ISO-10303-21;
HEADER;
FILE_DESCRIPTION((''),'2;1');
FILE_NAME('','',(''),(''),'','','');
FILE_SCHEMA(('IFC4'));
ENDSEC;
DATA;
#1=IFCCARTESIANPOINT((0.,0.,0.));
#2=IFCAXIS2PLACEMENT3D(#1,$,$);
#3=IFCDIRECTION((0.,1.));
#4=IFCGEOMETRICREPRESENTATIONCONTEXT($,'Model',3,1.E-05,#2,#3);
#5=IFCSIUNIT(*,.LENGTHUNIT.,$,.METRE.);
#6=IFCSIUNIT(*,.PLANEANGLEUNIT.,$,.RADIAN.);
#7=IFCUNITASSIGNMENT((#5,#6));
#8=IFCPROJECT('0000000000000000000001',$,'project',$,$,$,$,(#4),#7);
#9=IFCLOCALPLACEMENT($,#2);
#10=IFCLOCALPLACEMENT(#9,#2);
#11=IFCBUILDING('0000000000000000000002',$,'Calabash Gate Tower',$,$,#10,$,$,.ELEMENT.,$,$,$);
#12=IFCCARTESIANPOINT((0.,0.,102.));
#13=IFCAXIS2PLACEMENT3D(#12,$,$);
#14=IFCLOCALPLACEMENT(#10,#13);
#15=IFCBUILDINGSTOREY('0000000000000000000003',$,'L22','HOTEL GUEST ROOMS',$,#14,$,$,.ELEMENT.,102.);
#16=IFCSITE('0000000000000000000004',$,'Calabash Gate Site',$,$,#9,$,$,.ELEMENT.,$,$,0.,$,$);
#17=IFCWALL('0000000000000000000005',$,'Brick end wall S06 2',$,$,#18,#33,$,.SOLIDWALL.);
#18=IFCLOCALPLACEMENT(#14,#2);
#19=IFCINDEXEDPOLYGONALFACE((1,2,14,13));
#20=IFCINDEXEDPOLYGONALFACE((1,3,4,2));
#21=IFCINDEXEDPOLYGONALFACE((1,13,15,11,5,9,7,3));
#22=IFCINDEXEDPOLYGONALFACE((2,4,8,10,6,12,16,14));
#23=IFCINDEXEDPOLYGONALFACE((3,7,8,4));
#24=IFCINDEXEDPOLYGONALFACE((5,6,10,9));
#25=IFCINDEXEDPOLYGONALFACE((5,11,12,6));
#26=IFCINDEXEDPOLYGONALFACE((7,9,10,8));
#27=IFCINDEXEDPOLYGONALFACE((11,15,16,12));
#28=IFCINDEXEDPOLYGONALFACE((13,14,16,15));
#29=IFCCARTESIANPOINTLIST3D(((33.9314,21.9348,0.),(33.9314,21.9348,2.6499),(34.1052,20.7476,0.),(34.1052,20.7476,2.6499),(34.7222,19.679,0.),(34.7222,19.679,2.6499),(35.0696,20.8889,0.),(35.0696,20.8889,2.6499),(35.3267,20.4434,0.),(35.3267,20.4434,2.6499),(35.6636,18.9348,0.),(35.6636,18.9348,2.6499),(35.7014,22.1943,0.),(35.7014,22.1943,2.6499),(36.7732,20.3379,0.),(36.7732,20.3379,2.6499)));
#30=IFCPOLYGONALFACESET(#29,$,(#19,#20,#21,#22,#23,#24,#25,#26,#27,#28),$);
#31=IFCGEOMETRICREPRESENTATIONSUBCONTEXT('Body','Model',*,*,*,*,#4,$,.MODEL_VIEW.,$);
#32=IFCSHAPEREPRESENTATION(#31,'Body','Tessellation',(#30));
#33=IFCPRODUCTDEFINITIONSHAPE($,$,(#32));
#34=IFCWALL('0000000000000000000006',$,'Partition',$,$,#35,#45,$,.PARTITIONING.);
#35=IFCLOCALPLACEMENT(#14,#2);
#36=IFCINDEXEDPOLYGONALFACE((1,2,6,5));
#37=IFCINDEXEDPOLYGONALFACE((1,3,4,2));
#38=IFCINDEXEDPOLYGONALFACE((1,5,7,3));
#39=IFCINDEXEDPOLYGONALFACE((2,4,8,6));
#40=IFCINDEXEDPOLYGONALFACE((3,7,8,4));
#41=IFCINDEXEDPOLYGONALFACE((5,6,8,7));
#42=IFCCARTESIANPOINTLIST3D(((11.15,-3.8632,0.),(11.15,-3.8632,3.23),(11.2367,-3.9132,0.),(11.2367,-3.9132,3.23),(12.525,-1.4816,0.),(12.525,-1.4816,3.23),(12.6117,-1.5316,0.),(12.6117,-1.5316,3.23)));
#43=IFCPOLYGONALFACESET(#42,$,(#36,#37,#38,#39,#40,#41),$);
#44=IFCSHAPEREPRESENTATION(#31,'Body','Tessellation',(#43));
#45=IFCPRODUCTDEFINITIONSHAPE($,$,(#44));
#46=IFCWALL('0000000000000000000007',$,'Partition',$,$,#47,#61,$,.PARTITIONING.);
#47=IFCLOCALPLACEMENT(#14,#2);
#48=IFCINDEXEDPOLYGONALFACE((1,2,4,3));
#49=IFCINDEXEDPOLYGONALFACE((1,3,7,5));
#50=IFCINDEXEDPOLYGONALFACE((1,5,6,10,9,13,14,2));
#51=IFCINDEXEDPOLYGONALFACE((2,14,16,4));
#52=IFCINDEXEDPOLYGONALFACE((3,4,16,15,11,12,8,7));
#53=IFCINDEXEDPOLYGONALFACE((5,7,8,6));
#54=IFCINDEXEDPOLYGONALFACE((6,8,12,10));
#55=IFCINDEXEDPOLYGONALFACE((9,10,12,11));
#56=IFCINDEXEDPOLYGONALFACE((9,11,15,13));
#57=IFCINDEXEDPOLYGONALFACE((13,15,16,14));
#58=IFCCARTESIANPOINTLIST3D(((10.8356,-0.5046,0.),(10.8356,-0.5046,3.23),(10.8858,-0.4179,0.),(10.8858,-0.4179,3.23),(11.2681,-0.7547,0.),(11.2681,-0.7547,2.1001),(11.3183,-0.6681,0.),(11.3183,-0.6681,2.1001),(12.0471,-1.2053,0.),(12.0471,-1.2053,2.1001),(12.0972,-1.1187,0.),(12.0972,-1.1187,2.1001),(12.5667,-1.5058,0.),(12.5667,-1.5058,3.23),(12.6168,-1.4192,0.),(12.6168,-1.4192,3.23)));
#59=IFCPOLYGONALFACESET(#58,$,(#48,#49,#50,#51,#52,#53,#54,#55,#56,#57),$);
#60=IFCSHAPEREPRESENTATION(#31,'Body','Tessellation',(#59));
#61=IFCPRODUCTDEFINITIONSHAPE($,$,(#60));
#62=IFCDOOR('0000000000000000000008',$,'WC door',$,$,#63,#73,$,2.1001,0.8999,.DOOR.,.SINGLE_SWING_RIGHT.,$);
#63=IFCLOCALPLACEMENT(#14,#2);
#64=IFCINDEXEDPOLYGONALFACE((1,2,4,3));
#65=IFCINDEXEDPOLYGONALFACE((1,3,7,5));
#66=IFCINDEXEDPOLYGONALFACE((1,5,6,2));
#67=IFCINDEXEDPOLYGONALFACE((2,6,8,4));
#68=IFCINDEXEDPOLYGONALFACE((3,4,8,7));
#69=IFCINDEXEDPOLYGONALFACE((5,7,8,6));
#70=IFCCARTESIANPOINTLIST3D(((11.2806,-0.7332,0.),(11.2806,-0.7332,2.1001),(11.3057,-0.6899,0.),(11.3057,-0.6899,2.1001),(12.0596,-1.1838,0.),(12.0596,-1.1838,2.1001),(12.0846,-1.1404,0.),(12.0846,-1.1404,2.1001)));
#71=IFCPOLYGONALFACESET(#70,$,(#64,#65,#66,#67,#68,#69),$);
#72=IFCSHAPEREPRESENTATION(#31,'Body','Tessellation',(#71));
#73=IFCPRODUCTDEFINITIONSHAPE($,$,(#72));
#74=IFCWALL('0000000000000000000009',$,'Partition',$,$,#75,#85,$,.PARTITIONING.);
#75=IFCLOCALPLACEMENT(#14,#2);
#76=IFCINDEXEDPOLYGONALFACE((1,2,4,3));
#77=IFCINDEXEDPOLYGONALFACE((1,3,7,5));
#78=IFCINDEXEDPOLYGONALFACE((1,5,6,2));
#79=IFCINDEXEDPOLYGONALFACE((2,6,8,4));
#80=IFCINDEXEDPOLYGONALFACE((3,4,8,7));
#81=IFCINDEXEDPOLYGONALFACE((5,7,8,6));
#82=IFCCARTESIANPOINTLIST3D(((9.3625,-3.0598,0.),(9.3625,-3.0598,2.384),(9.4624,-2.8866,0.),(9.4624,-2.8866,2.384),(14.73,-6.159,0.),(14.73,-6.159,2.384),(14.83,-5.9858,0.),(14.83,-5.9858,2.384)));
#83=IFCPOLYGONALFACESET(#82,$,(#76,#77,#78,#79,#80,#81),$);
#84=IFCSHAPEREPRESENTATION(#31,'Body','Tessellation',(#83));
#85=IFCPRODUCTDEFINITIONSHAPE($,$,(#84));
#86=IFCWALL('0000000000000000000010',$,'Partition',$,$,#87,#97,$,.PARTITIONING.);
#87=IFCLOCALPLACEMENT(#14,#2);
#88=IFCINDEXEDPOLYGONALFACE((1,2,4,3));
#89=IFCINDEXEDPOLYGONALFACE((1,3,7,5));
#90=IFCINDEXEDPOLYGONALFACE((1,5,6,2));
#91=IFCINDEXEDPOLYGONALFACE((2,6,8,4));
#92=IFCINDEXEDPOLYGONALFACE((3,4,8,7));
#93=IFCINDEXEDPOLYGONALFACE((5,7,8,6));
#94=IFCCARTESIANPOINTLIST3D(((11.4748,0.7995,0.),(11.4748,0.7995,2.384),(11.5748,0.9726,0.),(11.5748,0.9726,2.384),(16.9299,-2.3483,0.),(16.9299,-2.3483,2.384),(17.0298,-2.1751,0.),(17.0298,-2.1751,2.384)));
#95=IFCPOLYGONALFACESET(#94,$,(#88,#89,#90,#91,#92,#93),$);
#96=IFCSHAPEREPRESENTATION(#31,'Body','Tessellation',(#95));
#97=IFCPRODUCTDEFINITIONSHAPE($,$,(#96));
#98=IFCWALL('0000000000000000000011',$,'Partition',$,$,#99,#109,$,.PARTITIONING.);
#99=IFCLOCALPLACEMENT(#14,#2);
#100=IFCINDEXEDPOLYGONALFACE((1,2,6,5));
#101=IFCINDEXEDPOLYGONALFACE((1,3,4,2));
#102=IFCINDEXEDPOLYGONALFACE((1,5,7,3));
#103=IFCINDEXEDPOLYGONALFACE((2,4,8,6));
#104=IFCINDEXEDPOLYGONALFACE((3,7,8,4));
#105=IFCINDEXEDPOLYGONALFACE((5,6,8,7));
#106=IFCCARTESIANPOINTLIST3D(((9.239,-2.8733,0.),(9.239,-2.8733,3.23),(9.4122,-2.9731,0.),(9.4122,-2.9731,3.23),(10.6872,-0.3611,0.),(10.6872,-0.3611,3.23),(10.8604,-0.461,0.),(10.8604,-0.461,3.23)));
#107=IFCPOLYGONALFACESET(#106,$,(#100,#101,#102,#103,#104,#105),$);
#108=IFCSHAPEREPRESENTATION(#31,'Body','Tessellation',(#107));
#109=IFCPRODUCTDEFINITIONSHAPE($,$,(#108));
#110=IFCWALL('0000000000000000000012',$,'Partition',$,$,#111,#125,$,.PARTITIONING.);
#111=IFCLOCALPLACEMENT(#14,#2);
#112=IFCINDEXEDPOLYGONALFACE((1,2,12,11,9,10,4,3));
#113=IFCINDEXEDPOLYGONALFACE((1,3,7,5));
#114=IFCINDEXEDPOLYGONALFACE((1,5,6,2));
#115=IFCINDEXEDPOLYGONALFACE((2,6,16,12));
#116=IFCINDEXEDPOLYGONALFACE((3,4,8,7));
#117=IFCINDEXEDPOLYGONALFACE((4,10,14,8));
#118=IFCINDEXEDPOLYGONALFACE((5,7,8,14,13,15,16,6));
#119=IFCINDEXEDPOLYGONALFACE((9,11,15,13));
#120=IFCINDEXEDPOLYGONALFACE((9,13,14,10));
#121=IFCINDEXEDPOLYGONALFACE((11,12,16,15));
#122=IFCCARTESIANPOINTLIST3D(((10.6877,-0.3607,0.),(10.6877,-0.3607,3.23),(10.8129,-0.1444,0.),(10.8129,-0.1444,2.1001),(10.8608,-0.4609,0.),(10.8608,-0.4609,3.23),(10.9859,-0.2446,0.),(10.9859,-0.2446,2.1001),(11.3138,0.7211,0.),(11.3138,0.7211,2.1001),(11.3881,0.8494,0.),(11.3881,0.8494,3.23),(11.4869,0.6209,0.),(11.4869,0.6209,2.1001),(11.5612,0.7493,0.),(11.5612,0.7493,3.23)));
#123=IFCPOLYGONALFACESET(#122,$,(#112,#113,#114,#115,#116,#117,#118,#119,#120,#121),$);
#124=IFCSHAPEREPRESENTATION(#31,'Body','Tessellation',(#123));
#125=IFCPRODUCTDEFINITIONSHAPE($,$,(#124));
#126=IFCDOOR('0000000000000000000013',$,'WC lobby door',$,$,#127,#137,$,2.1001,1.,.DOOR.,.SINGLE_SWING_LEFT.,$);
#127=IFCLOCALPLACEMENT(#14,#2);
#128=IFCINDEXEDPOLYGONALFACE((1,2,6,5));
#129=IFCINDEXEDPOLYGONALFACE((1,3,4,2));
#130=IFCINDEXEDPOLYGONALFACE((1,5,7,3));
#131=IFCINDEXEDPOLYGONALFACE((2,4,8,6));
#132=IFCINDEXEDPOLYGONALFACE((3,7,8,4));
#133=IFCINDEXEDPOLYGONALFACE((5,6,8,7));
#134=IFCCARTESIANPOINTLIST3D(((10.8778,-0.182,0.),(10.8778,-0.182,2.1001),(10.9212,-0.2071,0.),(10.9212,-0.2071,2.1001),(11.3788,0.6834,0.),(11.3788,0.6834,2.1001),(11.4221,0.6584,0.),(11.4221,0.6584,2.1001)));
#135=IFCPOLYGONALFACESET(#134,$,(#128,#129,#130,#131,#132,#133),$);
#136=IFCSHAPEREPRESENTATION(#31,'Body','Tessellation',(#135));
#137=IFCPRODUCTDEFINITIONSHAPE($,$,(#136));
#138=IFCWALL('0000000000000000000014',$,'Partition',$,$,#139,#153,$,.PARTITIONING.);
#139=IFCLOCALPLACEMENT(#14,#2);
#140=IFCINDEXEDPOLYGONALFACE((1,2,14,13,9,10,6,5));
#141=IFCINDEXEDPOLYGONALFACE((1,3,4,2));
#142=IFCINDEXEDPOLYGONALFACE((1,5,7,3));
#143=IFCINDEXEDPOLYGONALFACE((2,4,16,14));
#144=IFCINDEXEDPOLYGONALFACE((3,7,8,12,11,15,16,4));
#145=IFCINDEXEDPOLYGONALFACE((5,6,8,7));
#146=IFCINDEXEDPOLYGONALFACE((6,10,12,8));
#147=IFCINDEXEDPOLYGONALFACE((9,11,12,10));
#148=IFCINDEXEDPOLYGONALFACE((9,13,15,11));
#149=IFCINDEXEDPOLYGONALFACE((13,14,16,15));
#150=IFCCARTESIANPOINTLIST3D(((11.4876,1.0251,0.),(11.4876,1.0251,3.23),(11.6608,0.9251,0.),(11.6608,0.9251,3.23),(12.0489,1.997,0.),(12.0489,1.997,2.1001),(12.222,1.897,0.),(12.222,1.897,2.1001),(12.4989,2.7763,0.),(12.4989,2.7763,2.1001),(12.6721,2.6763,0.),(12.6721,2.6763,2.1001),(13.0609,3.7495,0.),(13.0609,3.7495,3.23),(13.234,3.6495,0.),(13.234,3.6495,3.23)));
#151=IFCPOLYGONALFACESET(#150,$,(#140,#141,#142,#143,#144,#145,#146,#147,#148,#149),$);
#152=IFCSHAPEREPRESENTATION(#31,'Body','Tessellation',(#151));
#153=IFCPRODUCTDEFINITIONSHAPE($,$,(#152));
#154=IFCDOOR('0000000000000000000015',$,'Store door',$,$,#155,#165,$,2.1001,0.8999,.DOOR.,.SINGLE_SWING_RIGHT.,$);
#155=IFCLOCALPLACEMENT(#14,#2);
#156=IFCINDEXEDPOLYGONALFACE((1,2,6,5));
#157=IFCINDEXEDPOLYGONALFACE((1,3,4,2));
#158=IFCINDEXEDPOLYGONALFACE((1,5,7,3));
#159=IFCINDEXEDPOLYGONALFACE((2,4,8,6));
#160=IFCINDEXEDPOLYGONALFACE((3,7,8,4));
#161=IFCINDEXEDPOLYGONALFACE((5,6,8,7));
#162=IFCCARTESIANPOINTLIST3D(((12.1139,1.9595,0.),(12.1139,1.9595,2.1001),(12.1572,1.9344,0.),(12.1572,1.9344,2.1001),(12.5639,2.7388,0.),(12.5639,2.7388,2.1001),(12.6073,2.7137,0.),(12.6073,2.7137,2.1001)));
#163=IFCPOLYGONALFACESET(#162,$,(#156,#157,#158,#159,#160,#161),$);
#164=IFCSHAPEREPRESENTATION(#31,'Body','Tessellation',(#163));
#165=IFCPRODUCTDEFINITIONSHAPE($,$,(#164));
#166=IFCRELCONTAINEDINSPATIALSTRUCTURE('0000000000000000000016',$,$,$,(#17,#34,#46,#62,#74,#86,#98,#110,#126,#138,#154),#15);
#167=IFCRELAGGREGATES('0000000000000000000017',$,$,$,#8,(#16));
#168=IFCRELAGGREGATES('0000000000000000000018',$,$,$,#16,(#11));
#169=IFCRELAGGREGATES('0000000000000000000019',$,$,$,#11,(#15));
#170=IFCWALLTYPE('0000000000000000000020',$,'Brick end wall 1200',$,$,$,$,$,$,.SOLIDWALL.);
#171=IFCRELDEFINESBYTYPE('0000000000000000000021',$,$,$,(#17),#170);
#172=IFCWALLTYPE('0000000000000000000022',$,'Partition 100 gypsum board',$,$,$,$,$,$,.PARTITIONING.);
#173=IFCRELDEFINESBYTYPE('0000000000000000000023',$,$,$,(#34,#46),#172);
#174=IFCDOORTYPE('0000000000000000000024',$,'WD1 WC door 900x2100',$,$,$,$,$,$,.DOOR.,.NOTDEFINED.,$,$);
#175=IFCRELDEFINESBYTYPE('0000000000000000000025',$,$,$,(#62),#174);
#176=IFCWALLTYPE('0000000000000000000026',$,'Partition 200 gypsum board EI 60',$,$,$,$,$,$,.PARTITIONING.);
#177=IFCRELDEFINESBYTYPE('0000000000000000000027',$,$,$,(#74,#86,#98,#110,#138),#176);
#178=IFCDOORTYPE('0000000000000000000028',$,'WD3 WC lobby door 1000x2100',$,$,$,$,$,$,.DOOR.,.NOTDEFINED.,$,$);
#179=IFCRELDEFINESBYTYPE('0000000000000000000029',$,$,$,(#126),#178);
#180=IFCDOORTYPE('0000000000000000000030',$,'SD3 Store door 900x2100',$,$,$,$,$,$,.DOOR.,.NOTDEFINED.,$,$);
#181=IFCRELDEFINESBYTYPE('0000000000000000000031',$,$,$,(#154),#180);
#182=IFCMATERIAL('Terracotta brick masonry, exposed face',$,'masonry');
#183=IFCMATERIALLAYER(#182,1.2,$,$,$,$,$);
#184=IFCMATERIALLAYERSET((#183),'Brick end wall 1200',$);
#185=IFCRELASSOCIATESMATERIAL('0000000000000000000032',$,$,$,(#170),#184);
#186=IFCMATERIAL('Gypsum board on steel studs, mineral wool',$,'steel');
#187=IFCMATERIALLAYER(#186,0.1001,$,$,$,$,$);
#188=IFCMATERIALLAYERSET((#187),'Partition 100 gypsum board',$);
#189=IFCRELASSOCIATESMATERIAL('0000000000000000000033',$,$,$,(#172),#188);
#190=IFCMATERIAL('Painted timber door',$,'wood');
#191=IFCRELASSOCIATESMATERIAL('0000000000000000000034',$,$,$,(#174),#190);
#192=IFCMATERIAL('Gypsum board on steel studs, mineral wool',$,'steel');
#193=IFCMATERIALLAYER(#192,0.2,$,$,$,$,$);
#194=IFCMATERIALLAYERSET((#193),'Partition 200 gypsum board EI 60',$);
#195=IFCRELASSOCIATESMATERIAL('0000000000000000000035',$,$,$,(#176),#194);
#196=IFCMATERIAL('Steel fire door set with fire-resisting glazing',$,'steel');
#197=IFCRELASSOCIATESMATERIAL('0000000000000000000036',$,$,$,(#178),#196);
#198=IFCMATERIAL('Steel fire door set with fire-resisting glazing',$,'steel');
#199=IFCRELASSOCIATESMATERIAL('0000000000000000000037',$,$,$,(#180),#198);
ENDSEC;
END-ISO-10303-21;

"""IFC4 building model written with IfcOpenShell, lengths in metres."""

from ifc_helpers import new_model, si_unit, direction, frame, frame_2d, origin, place, context, subcontext, project, spatial, polyline, rectangle, outline, extrude, material, layer, layer_set, type_object, element, fill, save


model = new_model("IFC4")

# Units and contexts
model_context = context("Model", 3, precision=1e-05, world=origin(), true_north=direction((0.0, 1.0)))
body_context = subcontext(model_context, "Body", "Model", "MODEL_VIEW")
ifc_project = project(units=[si_unit("LENGTHUNIT", "METRE"), si_unit("PLANEANGLEUNIT", "RADIAN")], contexts=[model_context])

# Site, building, storey
site_placement = place(None, origin())
site = spatial("IfcSite", under=ifc_project, at=site_placement, Name="Calabash Gate Site", CompositionType="ELEMENT", RefElevation=0.0)
building_placement = place(site_placement, origin())
building = spatial("IfcBuilding", under=site, at=building_placement, Name="Calabash Gate Tower", CompositionType="ELEMENT")
storey_placement = place(building_placement, frame((0.0, 0.0, 102.0)))
storey = spatial("IfcBuildingStorey", under=building, at=storey_placement, Name="L22", Description="HOTEL GUEST ROOMS", CompositionType="ELEMENT", Elevation=102.0)

# Walls
ifc_material_1 = material(Name="Terracotta brick masonry, exposed face", Category="masonry")
ifc_layer_1 = layer(ifc_material_1, 1.2)
ifc_layer_set_1 = layer_set([ifc_layer_1], Name="Brick end wall 1200")
wall_type_1 = type_object("IfcWallType", Name="Brick end wall 1200", PredefinedType="SOLIDWALL", material=ifc_layer_set_1)
wall_1_placement = place(storey_placement, origin())
element("IfcWall", 1, at=wall_1_placement, inside=storey, type_object=wall_type_1, Name="Brick end wall S06 2", PredefinedType="SOLIDWALL", context=body_context, shape_type="SweptSolid", body=[
    extrude(outline(polyline([(35.3267, 20.4434), (34.7222, 19.679), (35.6636, 18.9348), (36.7732, 20.3379), (35.7014, 22.1943), (33.9314, 21.9348), (34.1052, 20.7476), (35.0696, 20.8889), (35.3267, 20.4434)])), origin(), (0.0, 0.0, 1.0), 2.6499),
])
ifc_material_2 = material(Name="Gypsum board on steel studs, mineral wool", Category="steel")
ifc_layer_2 = layer(ifc_material_2, 0.1001)
ifc_layer_set_2 = layer_set([ifc_layer_2], Name="Partition 100 gypsum board")
wall_type_2 = type_object("IfcWallType", Name="Partition 100 gypsum board", PredefinedType="PARTITIONING", material=ifc_layer_set_2)
wall_2_placement = place(storey_placement, frame((11.1934, -3.8882, 0.0), z_axis=(0.0, 0.0, 1.0), x_axis=(0.499997, 0.866027, 0.0)))
element("IfcWall", 2, at=wall_2_placement, inside=storey, type_object=wall_type_2, Name="Partition", PredefinedType="PARTITIONING", context=body_context, shape_type="SweptSolid", body=[
    extrude(rectangle(XDim=2.75, YDim=0.1001, at=frame_2d((1.375, 0.0))), origin(), (0.0, 0.0, 1.0), 3.23),
])

# Wall, opening, door
wall_3_placement = place(storey_placement, frame((10.8606, -0.4612, 0.0), z_axis=(0.0, 0.0, 1.0), x_axis=(0.865624, -0.500695, 0.0)))
wall_3 = element("IfcWall", 3, at=wall_3_placement, inside=storey, type_object=wall_type_2, Name="Partition", PredefinedType="PARTITIONING", context=body_context, shape_type="SweptSolid", body=[
    extrude(rectangle(XDim=1.9998, YDim=0.1001, at=frame_2d((1.0, 0.0))), origin(), (0.0, 0.0, 1.0), 3.23),
])
opening_1_placement = place(wall_3_placement, frame((0.4998, 0.0, 0.0)))
opening_1 = element("IfcOpeningElement", 4, at=opening_1_placement, cuts=wall_3, PredefinedType="OPENING", context=body_context, shape_type="SweptSolid", body=[
    extrude(rectangle(XDim=0.8999, YDim=2.1001, at=frame_2d((0.45, 1.05))), frame((0.0, 0.0601, 0.0), z_axis=(0.0, -1.0, 0.0), x_axis=(1.0, 0.0, 0.0)), (0.0, 0.0, 1.0), 0.1201),
])
ifc_material_3 = material(Name="Painted timber door", Category="wood")
door_type_1 = type_object("IfcDoorType", Name="WD1 WC door 900x2100", OperationType="NOTDEFINED", PredefinedType="DOOR", material=ifc_material_3)
door_1_placement = place(opening_1_placement, origin())
door_1 = element("IfcDoor", 5, at=door_1_placement, inside=storey, type_object=door_type_1, Name="WC door", OperationType="SINGLE_SWING_RIGHT", OverallHeight=2.1001, OverallWidth=0.8999, PredefinedType="DOOR", context=body_context, shape_type="SweptSolid", body=[
    extrude(rectangle(XDim=0.8999, YDim=2.1001, at=frame_2d((0.45, 1.05))), frame((0.0, 0.0249, 0.0), z_axis=(0.0, -1.0, 0.0), x_axis=(1.0, 0.0, 0.0)), (0.0, 0.0, 1.0), 0.05),
])
fill(opening_1, door_1)

# Walls
ifc_material_4 = material(Name="Gypsum board on steel studs, mineral wool", Category="steel")
ifc_layer_3 = layer(ifc_material_4, 0.2)
ifc_layer_set_3 = layer_set([ifc_layer_3], Name="Partition 200 gypsum board EI 60")
wall_type_3 = type_object("IfcWallType", Name="Partition 200 gypsum board EI 60", PredefinedType="PARTITIONING", material=ifc_layer_set_3)
wall_4_placement = place(storey_placement, frame((9.4124, -2.9731, 0.0), z_axis=(0.0, 0.0, 1.0), x_axis=(0.866009, -0.500028, 0.0)))
element("IfcWall", 6, at=wall_4_placement, inside=storey, type_object=wall_type_3, Name="Partition", PredefinedType="PARTITIONING", context=body_context, shape_type="SweptSolid", body=[
    extrude(rectangle(XDim=6.198, YDim=0.2, at=frame_2d((3.0991, 0.0))), origin(), (0.0, 0.0, 1.0), 2.384),
])
wall_5_placement = place(storey_placement, frame((11.5249, 0.886, 0.0), z_axis=(0.0, 0.0, 1.0), x_axis=(0.866148, -0.499787, 0.0)))
element("IfcWall", 7, at=wall_5_placement, inside=storey, type_object=wall_type_3, Name="Partition", PredefinedType="PARTITIONING", context=body_context, shape_type="SweptSolid", body=[
    extrude(rectangle(XDim=6.2981, YDim=0.2, at=frame_2d((3.1489, 0.0))), origin(), (0.0, 0.0, 1.0), 2.384),
])
wall_6_placement = place(storey_placement, frame((9.3257, -2.9231, 0.0), z_axis=(0.0, 0.0, 1.0), x_axis=(0.499436, 0.866351, 0.0)))
element("IfcWall", 8, at=wall_6_placement, inside=storey, type_object=wall_type_3, Name="Partition", PredefinedType="PARTITIONING", context=body_context, shape_type="SweptSolid", body=[
    extrude(rectangle(XDim=2.8997, YDim=0.2, at=frame_2d((1.4497, 0.0))), origin(), (0.0, 0.0, 1.0), 3.23),
])

# Walls, openings, doors
wall_7_placement = place(storey_placement, frame((10.7742, -0.4109, 0.0), z_axis=(0.0, 0.0, 1.0), x_axis=(0.500926, 0.86549, 0.0)))
wall_7 = element("IfcWall", 9, at=wall_7_placement, inside=storey, type_object=wall_type_3, Name="Partition", PredefinedType="PARTITIONING", context=body_context, shape_type="SweptSolid", body=[
    extrude(rectangle(XDim=1.3982, YDim=0.2, at=frame_2d((0.6992, 0.0))), origin(), (0.0, 0.0, 1.0), 3.23),
])
opening_2_placement = place(wall_7_placement, frame((0.25, 0.0, 0.0)))
opening_2 = element("IfcOpeningElement", 10, at=opening_2_placement, cuts=wall_7, PredefinedType="OPENING", context=body_context, shape_type="SweptSolid", body=[
    extrude(rectangle(XDim=1.0, YDim=2.1001, at=frame_2d((0.5, 1.05))), frame((0.0, 0.1099, 0.0), z_axis=(0.0, -1.0, 0.0), x_axis=(1.0, 0.0, 0.0)), (0.0, 0.0, 1.0), 0.22),
])
ifc_material_5 = material(Name="Steel fire door set with fire-resisting glazing", Category="steel")
door_type_2 = type_object("IfcDoorType", Name="WD3 WC lobby door 1000x2100", OperationType="NOTDEFINED", PredefinedType="DOOR", material=ifc_material_5)
door_2_placement = place(opening_2_placement, origin())
door_2 = element("IfcDoor", 11, at=door_2_placement, inside=storey, type_object=door_type_2, Name="WC lobby door", OperationType="SINGLE_SWING_LEFT", OverallHeight=2.1001, OverallWidth=1.0, PredefinedType="DOOR", context=body_context, shape_type="SweptSolid", body=[
    extrude(rectangle(XDim=1.0, YDim=2.1001, at=frame_2d((0.5, 1.05))), frame((0.0, 0.0249, 0.0), z_axis=(0.0, -1.0, 0.0), x_axis=(1.0, 0.0, 0.0)), (0.0, 0.0, 1.0), 0.05),
])
fill(opening_2, door_2)
wall_8_placement = place(storey_placement, frame((11.5742, 0.9751, 0.0), z_axis=(0.0, 0.0, 1.0), x_axis=(0.500078, 0.86598, 0.0)))
wall_8 = element("IfcWall", 12, at=wall_8_placement, inside=storey, type_object=wall_type_3, Name="Partition", PredefinedType="PARTITIONING", context=body_context, shape_type="SweptSolid", body=[
    extrude(rectangle(XDim=3.146, YDim=0.2, at=frame_2d((1.573, 0.0))), origin(), (0.0, 0.0, 1.0), 3.23),
])
opening_3_placement = place(wall_8_placement, frame((1.1223, 0.0, 0.0)))
opening_3 = element("IfcOpeningElement", 13, at=opening_3_placement, cuts=wall_8, PredefinedType="OPENING", context=body_context, shape_type="SweptSolid", body=[
    extrude(rectangle(XDim=0.8999, YDim=2.1001, at=frame_2d((0.45, 1.05))), frame((0.0, 0.1099, 0.0), z_axis=(0.0, -1.0, 0.0), x_axis=(1.0, 0.0, 0.0)), (0.0, 0.0, 1.0), 0.22),
])
ifc_material_6 = material(Name="Steel fire door set with fire-resisting glazing", Category="steel")
door_type_3 = type_object("IfcDoorType", Name="SD3 Store door 900x2100", OperationType="NOTDEFINED", PredefinedType="DOOR", material=ifc_material_6)
door_3_placement = place(opening_3_placement, origin())
door_3 = element("IfcDoor", 14, at=door_3_placement, inside=storey, type_object=door_type_3, Name="Store door", OperationType="SINGLE_SWING_RIGHT", OverallHeight=2.1001, OverallWidth=0.8999, PredefinedType="DOOR", context=body_context, shape_type="SweptSolid", body=[
    extrude(rectangle(XDim=0.8999, YDim=2.1001, at=frame_2d((0.45, 1.05))), frame((0.0, 0.0249, 0.0), z_axis=(0.0, -1.0, 0.0), x_axis=(1.0, 0.0, 0.0)), (0.0, 0.0, 1.0), 0.05),
])
fill(opening_3, door_3)

save(model, "model.ifc")
